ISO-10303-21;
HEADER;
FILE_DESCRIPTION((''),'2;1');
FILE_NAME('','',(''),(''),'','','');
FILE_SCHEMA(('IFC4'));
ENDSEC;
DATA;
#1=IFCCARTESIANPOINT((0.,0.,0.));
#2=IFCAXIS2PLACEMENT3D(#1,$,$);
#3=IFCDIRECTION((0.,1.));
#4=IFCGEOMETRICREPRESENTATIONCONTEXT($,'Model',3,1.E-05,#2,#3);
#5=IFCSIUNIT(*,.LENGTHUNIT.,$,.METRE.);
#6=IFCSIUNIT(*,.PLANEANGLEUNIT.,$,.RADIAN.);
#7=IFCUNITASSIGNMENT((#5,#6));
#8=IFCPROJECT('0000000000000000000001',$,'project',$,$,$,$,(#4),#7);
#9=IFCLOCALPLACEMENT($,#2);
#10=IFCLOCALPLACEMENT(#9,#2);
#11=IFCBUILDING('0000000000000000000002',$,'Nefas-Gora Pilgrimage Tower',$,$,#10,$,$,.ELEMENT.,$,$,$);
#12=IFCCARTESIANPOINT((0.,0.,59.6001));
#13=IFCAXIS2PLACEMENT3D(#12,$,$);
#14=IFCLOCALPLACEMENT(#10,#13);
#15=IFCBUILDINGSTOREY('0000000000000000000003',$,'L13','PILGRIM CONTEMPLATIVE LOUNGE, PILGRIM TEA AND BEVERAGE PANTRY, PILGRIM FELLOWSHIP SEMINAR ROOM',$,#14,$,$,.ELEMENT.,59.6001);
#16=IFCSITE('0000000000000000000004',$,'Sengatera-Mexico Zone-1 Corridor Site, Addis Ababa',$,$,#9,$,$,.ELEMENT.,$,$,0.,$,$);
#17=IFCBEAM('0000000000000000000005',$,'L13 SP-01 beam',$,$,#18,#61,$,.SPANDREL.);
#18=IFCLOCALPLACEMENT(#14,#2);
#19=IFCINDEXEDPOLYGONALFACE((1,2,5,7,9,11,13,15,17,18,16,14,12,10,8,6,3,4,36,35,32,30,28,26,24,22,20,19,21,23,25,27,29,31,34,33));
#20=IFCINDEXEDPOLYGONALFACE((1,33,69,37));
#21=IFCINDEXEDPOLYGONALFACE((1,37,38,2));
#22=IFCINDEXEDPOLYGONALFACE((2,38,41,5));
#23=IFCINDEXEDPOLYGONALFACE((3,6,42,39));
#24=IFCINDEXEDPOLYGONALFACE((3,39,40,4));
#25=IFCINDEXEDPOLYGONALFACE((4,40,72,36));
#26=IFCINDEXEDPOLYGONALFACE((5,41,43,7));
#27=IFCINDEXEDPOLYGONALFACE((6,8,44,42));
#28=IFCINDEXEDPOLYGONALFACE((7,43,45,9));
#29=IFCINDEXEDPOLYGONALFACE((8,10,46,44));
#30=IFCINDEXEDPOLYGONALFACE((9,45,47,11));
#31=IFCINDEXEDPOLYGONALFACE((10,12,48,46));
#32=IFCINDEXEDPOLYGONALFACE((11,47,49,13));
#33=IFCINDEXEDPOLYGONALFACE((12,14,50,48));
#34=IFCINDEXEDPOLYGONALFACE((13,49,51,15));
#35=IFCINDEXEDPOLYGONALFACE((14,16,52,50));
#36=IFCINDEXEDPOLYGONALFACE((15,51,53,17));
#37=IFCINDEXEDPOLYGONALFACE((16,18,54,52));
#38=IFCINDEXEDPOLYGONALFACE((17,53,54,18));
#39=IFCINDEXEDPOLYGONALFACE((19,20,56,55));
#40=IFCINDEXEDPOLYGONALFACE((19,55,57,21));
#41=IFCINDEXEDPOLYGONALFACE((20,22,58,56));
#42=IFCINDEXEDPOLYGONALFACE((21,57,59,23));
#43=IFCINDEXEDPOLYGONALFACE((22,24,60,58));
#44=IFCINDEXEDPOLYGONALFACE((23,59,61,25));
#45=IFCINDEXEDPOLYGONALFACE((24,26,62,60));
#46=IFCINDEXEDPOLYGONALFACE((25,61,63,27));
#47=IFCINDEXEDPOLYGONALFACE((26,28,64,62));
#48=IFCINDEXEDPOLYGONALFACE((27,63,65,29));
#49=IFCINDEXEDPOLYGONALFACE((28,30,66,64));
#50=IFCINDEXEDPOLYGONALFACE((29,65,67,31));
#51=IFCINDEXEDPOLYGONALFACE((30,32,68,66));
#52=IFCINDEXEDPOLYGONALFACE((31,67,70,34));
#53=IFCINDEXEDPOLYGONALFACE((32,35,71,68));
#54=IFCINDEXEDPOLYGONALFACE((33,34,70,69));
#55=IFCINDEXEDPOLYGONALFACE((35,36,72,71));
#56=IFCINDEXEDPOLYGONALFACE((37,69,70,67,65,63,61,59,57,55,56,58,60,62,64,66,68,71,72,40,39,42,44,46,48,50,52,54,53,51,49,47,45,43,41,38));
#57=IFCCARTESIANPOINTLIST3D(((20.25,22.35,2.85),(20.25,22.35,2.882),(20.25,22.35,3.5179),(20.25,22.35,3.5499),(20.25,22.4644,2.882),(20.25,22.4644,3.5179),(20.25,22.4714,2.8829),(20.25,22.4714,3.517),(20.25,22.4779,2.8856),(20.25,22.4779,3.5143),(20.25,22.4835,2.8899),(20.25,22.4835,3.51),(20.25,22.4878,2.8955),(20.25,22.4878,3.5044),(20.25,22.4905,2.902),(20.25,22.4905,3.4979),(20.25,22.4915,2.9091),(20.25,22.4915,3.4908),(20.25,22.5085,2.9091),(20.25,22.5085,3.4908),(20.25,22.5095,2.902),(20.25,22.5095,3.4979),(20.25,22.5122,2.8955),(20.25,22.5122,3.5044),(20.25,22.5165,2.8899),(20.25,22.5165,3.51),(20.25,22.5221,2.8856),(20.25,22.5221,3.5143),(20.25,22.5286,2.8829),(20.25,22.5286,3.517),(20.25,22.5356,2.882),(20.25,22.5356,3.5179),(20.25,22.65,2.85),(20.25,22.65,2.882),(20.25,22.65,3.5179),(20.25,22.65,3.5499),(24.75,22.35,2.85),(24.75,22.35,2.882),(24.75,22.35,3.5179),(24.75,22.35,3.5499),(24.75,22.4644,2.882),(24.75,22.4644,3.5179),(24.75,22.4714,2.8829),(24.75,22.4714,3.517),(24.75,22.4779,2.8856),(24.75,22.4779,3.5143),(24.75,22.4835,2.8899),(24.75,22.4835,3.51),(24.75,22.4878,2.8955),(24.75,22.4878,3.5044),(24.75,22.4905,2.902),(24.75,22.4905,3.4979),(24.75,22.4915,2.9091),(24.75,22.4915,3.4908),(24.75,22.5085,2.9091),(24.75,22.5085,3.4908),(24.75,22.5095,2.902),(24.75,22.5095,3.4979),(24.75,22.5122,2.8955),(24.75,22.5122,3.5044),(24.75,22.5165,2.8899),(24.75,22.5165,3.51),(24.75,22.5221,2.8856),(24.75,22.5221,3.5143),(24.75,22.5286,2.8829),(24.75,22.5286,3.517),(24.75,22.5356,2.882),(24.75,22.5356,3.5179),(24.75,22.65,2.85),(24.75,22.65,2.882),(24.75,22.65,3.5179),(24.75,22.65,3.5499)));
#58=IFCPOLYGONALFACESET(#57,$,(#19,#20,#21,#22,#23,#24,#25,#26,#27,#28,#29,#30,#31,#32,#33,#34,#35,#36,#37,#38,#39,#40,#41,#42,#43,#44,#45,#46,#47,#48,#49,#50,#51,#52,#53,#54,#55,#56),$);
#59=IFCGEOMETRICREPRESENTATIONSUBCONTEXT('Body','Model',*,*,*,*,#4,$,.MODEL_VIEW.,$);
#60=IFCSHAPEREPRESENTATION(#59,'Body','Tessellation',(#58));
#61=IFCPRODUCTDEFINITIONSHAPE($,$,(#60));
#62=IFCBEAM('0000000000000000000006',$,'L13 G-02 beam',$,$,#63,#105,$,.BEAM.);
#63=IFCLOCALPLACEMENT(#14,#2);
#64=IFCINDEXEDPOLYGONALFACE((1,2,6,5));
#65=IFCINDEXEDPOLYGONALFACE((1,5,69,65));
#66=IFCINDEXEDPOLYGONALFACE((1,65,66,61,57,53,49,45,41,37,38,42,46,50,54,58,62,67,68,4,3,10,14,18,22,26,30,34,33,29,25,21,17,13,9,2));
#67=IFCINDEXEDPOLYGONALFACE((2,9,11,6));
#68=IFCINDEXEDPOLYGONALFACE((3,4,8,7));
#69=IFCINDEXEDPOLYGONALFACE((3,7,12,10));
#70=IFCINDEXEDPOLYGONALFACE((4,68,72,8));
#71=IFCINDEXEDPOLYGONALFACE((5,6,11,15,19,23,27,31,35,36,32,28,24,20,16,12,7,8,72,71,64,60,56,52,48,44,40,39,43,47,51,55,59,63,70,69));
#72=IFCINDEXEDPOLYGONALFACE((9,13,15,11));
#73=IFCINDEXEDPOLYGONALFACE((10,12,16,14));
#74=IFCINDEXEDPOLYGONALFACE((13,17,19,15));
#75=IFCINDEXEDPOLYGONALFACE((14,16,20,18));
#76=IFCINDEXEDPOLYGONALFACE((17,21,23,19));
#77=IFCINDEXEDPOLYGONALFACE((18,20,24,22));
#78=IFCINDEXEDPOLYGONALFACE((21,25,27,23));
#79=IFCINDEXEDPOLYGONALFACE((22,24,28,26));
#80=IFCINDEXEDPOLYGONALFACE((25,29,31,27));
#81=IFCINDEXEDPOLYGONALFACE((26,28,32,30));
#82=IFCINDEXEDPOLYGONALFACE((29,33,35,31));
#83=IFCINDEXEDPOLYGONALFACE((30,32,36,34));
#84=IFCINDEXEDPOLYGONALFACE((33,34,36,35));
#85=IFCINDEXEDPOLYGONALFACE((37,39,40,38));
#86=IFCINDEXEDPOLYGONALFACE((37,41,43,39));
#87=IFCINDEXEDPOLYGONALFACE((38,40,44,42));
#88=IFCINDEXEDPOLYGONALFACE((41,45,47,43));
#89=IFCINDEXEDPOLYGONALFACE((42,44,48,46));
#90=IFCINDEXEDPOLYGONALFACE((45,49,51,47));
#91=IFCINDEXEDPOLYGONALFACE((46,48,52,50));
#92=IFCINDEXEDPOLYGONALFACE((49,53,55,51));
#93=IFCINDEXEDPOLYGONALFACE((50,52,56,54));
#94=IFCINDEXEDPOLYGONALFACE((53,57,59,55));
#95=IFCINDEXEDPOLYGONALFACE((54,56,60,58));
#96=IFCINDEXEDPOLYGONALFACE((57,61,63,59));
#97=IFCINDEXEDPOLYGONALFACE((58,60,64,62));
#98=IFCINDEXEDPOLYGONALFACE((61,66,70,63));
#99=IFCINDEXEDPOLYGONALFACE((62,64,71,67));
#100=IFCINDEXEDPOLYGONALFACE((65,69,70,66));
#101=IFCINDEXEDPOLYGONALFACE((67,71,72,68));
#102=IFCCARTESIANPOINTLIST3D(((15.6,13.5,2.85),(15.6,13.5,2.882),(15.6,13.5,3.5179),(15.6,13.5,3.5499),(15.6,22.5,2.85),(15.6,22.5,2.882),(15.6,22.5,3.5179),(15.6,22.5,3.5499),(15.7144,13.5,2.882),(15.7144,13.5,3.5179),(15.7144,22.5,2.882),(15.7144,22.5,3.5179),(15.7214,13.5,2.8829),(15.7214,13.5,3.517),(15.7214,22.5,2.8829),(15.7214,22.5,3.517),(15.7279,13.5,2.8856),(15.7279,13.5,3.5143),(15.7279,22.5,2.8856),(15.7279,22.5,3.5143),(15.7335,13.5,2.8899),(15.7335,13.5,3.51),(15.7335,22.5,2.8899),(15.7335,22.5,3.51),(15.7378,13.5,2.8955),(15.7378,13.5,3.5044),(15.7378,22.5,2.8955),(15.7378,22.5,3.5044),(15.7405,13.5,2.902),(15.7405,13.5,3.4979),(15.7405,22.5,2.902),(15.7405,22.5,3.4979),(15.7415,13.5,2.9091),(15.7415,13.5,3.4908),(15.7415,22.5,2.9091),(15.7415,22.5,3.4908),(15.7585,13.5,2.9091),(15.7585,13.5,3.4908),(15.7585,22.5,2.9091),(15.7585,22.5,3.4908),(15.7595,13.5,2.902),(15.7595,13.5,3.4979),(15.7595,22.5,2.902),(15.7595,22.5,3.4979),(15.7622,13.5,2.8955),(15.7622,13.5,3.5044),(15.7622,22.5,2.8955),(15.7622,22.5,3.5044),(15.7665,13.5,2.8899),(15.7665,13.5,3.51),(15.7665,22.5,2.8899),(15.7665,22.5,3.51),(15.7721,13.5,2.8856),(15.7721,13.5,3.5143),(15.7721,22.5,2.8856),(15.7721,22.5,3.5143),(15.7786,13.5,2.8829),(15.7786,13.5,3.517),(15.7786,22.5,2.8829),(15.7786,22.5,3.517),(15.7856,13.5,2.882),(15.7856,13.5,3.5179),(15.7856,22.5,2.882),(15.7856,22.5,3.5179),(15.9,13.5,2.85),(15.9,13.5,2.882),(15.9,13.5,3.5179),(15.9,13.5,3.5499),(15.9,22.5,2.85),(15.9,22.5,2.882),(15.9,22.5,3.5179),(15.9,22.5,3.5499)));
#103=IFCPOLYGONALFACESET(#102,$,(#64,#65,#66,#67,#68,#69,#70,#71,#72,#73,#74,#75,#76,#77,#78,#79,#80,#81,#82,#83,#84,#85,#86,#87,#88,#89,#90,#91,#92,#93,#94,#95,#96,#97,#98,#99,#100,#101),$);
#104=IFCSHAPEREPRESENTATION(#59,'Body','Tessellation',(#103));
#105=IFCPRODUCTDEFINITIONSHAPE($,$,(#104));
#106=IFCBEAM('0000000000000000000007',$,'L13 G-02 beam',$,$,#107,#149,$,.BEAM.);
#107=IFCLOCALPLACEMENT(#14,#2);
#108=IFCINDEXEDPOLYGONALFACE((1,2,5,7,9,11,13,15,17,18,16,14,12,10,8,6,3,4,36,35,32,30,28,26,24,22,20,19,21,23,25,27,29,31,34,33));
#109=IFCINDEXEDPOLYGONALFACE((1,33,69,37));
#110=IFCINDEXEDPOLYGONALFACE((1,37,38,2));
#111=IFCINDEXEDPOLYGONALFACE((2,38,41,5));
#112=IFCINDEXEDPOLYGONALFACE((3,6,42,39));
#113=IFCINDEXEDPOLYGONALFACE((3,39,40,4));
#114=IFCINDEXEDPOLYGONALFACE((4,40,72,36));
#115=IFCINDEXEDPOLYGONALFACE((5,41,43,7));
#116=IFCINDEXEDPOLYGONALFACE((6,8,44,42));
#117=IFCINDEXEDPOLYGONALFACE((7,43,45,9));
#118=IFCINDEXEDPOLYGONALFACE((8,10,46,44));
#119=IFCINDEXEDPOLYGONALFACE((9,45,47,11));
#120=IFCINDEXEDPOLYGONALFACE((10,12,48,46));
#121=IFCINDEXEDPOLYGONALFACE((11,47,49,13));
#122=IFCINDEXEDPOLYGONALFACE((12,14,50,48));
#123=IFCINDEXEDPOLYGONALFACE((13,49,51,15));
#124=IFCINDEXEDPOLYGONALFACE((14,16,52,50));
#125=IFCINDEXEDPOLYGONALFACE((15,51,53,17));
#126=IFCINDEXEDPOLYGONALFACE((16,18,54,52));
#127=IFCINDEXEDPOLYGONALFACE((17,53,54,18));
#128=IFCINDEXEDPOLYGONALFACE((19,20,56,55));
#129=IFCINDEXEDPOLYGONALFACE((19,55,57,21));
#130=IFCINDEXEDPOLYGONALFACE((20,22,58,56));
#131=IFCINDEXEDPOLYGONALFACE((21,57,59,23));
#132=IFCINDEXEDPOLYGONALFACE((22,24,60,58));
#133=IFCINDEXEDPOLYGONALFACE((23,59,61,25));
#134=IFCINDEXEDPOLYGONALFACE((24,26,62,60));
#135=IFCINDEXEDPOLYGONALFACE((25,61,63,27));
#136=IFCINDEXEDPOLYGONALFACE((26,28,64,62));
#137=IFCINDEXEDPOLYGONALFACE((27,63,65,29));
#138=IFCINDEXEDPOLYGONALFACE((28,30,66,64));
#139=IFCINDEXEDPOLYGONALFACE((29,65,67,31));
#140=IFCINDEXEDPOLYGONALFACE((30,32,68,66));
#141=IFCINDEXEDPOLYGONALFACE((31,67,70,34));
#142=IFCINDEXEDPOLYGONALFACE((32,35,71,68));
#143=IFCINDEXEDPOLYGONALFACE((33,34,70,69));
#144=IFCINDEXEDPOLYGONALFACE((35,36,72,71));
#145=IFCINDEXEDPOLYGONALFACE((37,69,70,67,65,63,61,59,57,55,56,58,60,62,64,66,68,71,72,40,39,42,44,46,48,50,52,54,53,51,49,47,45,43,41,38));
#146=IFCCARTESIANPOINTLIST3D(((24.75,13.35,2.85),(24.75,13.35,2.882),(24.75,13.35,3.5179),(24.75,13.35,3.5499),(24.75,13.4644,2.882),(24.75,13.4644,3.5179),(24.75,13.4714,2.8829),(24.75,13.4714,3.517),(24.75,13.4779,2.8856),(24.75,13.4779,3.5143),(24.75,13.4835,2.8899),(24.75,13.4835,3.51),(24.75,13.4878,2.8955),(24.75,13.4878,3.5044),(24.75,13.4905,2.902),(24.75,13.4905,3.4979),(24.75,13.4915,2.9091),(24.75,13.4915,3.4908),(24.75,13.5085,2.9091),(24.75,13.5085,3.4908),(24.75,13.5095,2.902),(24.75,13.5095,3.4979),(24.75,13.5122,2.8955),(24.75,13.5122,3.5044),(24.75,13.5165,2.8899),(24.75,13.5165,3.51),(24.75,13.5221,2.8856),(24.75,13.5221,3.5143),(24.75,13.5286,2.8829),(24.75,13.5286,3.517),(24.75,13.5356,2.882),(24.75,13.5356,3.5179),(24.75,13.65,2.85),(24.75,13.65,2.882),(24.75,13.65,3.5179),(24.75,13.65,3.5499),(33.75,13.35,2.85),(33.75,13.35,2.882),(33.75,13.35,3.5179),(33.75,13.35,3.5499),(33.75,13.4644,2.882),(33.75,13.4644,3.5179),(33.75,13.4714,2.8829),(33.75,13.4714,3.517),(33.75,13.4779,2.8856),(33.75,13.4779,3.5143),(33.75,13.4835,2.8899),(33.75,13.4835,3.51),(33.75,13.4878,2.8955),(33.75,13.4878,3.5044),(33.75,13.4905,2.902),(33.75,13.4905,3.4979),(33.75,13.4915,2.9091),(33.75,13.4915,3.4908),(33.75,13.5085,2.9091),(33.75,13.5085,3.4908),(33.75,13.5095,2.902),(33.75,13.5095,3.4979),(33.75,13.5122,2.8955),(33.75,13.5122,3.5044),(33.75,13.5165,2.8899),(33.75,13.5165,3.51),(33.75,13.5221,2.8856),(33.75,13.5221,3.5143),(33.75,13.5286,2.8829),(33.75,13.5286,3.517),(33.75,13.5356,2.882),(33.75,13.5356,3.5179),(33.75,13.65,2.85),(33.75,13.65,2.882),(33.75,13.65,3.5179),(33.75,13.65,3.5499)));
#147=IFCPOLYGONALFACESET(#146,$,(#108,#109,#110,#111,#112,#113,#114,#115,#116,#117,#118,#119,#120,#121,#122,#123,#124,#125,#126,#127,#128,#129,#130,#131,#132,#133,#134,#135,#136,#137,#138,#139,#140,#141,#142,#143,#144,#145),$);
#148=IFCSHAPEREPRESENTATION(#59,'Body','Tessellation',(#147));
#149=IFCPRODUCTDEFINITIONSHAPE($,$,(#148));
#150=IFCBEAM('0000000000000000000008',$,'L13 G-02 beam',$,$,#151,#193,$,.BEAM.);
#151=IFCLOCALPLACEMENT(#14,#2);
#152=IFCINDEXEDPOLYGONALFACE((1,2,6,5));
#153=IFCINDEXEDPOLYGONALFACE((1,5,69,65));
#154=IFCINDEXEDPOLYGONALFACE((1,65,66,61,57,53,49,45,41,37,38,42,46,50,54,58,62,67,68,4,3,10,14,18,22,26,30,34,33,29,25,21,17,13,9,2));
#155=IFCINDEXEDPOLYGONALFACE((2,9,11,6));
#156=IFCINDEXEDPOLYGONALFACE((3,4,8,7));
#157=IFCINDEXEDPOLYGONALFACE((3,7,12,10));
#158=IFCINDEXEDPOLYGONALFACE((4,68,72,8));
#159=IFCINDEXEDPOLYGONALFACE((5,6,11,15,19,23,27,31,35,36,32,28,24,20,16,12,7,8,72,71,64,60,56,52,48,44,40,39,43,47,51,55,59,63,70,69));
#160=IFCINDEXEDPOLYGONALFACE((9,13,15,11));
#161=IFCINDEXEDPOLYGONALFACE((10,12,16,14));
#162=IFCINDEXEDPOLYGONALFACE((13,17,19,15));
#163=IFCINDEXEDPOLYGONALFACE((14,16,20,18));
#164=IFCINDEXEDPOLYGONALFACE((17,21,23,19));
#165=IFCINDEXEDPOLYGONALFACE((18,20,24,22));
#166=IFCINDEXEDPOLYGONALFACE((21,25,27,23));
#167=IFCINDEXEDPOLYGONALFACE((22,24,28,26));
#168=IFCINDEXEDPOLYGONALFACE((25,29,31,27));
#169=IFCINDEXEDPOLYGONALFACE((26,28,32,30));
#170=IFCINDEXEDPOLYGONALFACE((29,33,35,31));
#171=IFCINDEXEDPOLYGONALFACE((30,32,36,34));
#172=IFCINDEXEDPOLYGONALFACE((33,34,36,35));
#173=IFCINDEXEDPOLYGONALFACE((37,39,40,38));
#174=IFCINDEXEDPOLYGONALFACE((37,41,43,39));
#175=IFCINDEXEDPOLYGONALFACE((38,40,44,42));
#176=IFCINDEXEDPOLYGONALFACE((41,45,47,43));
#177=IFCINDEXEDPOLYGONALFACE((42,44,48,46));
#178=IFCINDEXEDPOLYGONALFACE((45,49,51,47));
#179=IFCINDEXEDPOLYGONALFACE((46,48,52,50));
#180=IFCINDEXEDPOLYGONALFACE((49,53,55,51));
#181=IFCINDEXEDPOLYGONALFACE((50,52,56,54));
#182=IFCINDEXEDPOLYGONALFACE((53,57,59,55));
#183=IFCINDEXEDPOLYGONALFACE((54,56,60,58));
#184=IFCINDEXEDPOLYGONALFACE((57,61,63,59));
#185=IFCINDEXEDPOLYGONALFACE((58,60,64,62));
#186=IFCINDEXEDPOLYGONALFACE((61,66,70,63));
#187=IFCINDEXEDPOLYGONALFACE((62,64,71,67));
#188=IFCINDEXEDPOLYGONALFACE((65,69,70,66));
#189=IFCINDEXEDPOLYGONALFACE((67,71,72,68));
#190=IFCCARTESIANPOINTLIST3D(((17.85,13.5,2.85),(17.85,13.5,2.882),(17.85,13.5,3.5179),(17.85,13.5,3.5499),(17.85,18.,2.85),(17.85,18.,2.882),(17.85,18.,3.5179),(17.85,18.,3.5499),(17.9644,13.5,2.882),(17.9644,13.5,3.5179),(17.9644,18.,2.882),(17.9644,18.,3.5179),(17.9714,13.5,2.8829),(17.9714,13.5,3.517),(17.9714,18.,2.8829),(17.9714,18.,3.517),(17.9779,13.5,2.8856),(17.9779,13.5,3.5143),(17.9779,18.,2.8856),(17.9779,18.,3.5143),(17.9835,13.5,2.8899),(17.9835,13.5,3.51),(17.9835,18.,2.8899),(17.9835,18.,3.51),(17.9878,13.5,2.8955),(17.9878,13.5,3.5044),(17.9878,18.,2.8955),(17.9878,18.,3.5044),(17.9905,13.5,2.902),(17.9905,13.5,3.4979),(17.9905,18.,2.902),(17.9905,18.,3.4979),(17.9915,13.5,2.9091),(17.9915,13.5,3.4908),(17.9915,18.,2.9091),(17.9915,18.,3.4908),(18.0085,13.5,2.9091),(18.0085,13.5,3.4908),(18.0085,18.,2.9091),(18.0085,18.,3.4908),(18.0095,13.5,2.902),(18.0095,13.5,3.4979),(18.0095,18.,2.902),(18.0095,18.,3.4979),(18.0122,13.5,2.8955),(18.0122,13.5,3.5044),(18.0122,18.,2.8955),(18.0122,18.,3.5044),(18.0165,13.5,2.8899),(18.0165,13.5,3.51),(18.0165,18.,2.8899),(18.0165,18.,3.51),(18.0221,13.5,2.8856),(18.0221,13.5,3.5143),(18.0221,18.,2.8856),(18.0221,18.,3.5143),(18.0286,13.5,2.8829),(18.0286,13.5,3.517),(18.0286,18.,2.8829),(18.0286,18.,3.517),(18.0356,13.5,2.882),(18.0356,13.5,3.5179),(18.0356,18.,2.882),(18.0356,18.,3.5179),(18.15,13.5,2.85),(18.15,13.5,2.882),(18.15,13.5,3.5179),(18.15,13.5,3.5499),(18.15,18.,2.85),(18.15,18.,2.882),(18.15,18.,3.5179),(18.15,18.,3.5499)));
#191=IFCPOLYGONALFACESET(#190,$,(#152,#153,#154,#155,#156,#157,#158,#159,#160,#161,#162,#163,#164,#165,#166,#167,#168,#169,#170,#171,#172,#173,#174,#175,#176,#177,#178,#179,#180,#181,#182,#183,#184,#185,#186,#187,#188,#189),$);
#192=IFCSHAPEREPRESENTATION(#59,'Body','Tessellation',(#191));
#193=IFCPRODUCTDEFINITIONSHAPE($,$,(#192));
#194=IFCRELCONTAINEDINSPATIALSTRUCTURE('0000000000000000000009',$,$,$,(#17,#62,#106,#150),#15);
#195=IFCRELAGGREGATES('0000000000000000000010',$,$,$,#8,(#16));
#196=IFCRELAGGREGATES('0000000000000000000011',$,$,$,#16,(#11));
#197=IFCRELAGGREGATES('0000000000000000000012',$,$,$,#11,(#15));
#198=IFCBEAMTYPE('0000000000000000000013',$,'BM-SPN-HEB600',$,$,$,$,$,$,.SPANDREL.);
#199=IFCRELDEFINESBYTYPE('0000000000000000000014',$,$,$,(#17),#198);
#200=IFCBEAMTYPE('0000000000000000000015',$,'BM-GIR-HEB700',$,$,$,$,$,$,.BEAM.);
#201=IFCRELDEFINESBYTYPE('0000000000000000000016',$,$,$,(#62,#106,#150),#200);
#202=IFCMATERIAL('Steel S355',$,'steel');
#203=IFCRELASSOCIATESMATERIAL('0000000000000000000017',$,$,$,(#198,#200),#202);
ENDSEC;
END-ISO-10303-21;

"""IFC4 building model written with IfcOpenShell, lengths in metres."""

from ifc_helpers import new_model, si_unit, direction, frame, origin, origin_2d, place, context, subcontext, project, spatial, i_section, extrude, source, transform, mapped, material, material_profile, profile_set, type_object, element, save


model = new_model("IFC4")

# Units and contexts
model_context = context("Model", 3, precision=1e-05, world=origin(), true_north=direction((0.0, 1.0)))
body_context = subcontext(model_context, "Body", "Model", "MODEL_VIEW")
ifc_project = project(units=[si_unit("LENGTHUNIT", "METRE"), si_unit("PLANEANGLEUNIT", "RADIAN")], contexts=[model_context])

# Site, building, storey
site_placement = place(None, origin())
site = spatial("IfcSite", under=ifc_project, at=site_placement, Name="Sengatera-Mexico Zone-1 Corridor Site, Addis Ababa", CompositionType="ELEMENT", RefElevation=0.0)
building_placement = place(site_placement, origin())
building = spatial("IfcBuilding", under=site, at=building_placement, Name="Nefas-Gora Pilgrimage Tower", CompositionType="ELEMENT")
storey_placement = place(building_placement, frame((0.0, 0.0, 59.6001)))
storey = spatial("IfcBuildingStorey", under=building, at=storey_placement, Name="L13", Description="PILGRIM CONTEMPLATIVE LOUNGE, PILGRIM TEA AND BEVERAGE PANTRY, PILGRIM FELLOWSHIP SEMINAR ROOM", CompositionType="ELEMENT", Elevation=59.6001)

# Beams
ifc_material_1 = material(Name="Steel S355", Category="steel")
ifc_material_profile_1 = material_profile(ifc_material_1, i_section(OverallWidth=0.3, OverallDepth=0.7, WebThickness=0.0171, FlangeThickness=0.032, FilletRadius=0.0271, at=origin_2d()), Name="HEB 700")
ifc_profile_set_1 = profile_set([ifc_material_profile_1], Name="Steel S355")
beam_type_1 = type_object("IfcBeamType", Name="BM-SPN-HEB600", PredefinedType="SPANDREL", material=ifc_profile_set_1)
shared_shape_1 = source(origin(), body_context, "Body", "SweptSolid", [
    extrude(i_section(OverallWidth=0.3, OverallDepth=0.7, WebThickness=0.0171, FlangeThickness=0.032, FilletRadius=0.0271, at=origin_2d()), origin(), (0.0, 0.0, 1.0), 4.5),
])
beam_1_placement = place(storey_placement, frame((20.25, 22.5, 3.2), z_axis=(1.0, 0.0, 0.0), x_axis=(0.0, 1.0, 0.0)))
element("IfcBeam", 1, at=beam_1_placement, inside=storey, type_object=beam_type_1, Name="L13 SP-01 beam", PredefinedType="SPANDREL", context=body_context, shape_type="MappedRepresentation", body=[
    mapped(shared_shape_1, transform((0.0, 0.0, 0.0), x_axis=(1.0, 0.0, 0.0), y_axis=(0.0, 1.0, 0.0), z_axis=(0.0, 0.0, 1.0), scale=1.0)),
])
ifc_material_profile_2 = material_profile(ifc_material_1, i_section(OverallWidth=0.3, OverallDepth=0.7, WebThickness=0.0171, FlangeThickness=0.032, FilletRadius=0.0271, at=origin_2d()), Name="HEB 700")
ifc_profile_set_2 = profile_set([ifc_material_profile_2], Name="Steel S355")
beam_type_2 = type_object("IfcBeamType", Name="BM-GIR-HEB700", PredefinedType="BEAM", material=ifc_profile_set_2)
shared_shape_2 = source(origin(), body_context, "Body", "SweptSolid", [
    extrude(i_section(OverallWidth=0.3, OverallDepth=0.7, WebThickness=0.0171, FlangeThickness=0.032, FilletRadius=0.0271, at=origin_2d()), origin(), (0.0, 0.0, 1.0), 9.0),
])
for number, where, z_axis, x_axis, name in (
    (2, (15.75, 13.5, 3.2), (0.0, 1.0, 0.0), (-1.0, 0.0, 0.0), "L13 G-02 beam"),
    (3, (24.75, 13.5, 3.2), (1.0, 0.0, 0.0), (0.0, 1.0, 0.0), "L13 G-02 beam"),
):
    element("IfcBeam", number, at=place(storey_placement, frame(where, z_axis=z_axis, x_axis=x_axis)), inside=storey, type_object=beam_type_2, Name=name, PredefinedType="BEAM", context=body_context, shape_type="MappedRepresentation", body=[
        mapped(shared_shape_2, transform((0.0, 0.0, 0.0), x_axis=(1.0, 0.0, 0.0), y_axis=(0.0, 1.0, 0.0), z_axis=(0.0, 0.0, 1.0), scale=1.0)),
    ])
shared_shape_3 = source(origin(), body_context, "Body", "SweptSolid", [
    extrude(i_section(OverallWidth=0.3, OverallDepth=0.7, WebThickness=0.0171, FlangeThickness=0.032, FilletRadius=0.0271, at=origin_2d()), origin(), (0.0, 0.0, 1.0), 4.5),
])
for number, where, z_axis, x_axis, name in (
    (4, (18.0, 13.5, 3.2), (0.0, 1.0, 0.0), (-1.0, 0.0, 0.0), "L13 G-02 beam"),
):
    element("IfcBeam", number, at=place(storey_placement, frame(where, z_axis=z_axis, x_axis=x_axis)), inside=storey, type_object=beam_type_2, Name=name, PredefinedType="BEAM", context=body_context, shape_type="MappedRepresentation", body=[
        mapped(shared_shape_3, transform((0.0, 0.0, 0.0), x_axis=(1.0, 0.0, 0.0), y_axis=(0.0, 1.0, 0.0), z_axis=(0.0, 0.0, 1.0), scale=1.0)),
    ])

save(model, "model.ifc")
